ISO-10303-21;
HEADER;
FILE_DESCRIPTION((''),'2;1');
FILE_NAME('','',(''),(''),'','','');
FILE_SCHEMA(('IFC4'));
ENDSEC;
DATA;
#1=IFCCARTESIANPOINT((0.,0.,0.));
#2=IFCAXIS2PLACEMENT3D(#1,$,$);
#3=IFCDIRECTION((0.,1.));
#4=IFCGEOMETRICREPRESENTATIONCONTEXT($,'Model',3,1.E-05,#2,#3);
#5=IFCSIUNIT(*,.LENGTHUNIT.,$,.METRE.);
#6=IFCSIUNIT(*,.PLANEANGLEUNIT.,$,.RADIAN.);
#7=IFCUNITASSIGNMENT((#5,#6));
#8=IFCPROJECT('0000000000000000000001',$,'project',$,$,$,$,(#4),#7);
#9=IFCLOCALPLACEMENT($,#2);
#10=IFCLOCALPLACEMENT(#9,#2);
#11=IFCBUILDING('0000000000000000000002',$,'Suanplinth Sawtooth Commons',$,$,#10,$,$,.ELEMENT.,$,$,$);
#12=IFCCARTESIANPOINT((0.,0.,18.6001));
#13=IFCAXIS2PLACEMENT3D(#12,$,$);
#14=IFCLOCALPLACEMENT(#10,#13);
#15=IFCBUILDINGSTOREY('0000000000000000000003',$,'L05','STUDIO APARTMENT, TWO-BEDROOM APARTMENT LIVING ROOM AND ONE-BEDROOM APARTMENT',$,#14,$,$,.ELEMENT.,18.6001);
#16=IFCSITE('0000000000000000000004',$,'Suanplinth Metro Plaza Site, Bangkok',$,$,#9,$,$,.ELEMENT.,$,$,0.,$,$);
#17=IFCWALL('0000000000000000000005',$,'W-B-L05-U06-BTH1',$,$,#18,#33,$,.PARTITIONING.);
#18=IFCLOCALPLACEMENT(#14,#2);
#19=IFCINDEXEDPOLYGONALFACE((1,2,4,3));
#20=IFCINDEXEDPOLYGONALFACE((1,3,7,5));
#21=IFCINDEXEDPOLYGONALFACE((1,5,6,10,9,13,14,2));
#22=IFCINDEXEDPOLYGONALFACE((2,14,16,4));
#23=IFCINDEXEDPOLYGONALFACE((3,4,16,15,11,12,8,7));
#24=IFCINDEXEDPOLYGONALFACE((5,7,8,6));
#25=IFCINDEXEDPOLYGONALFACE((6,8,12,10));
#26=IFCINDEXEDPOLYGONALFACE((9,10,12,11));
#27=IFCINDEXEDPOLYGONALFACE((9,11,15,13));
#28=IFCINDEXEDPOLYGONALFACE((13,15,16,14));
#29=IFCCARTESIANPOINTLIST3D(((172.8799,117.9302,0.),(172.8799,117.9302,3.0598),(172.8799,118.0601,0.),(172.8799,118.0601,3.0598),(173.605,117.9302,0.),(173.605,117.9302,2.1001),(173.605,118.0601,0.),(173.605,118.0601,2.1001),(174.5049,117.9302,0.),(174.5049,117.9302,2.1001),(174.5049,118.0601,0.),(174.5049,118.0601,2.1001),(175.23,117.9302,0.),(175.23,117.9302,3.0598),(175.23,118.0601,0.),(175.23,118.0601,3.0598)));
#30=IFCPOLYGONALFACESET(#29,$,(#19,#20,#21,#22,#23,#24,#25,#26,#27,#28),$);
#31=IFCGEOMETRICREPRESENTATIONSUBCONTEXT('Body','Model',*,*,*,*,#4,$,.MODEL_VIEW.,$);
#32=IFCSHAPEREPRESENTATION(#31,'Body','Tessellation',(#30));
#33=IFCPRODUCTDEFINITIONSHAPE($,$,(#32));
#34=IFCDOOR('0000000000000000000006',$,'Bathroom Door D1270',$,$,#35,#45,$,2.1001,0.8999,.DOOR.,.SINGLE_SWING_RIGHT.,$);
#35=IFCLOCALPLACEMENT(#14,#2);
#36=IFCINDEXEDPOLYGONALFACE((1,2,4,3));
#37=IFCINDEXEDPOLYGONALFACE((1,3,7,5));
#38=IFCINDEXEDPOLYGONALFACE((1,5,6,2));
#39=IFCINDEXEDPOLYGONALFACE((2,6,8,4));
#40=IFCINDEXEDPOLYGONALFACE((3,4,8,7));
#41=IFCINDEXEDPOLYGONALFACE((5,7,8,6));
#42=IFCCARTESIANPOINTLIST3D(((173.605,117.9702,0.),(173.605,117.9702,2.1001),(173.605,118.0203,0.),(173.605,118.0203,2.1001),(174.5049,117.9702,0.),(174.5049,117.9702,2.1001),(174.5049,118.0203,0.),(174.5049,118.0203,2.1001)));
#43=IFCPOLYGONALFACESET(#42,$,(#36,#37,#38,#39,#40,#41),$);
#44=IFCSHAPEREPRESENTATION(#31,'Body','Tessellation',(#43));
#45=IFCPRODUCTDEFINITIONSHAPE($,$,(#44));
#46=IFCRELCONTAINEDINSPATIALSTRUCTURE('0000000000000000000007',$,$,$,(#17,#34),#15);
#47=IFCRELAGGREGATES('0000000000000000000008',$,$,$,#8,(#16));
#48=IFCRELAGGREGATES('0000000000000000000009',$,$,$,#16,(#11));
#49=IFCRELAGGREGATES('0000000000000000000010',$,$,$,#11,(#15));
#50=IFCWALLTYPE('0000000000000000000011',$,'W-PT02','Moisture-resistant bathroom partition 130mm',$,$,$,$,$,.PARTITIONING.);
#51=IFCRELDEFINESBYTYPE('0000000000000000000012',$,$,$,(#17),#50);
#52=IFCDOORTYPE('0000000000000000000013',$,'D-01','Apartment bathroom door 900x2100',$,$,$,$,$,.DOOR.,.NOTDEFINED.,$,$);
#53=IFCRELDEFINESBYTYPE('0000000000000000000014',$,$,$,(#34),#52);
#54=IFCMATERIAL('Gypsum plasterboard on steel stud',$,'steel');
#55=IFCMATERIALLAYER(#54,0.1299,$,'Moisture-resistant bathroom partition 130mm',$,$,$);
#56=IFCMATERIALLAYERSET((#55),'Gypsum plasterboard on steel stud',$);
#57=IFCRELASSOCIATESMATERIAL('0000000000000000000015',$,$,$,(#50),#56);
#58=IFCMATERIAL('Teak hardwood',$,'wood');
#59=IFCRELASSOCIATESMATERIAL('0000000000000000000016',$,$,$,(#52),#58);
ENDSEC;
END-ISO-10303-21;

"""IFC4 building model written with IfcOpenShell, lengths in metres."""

from ifc_helpers import new_model, si_unit, direction, frame, frame_2d, origin, place, context, subcontext, project, spatial, rectangle, extrude, material, layer, layer_set, type_object, element, fill, save


model = new_model("IFC4")

# Units and contexts
model_context = context("Model", 3, precision=1e-05, world=origin(), true_north=direction((0.0, 1.0)))
body_context = subcontext(model_context, "Body", "Model", "MODEL_VIEW")
ifc_project = project(units=[si_unit("LENGTHUNIT", "METRE"), si_unit("PLANEANGLEUNIT", "RADIAN")], contexts=[model_context])

# Site, building, storey
site_placement = place(None, origin())
site = spatial("IfcSite", under=ifc_project, at=site_placement, Name="Suanplinth Metro Plaza Site, Bangkok", CompositionType="ELEMENT", RefElevation=0.0)
building_placement = place(site_placement, origin())
building = spatial("IfcBuilding", under=site, at=building_placement, Name="Suanplinth Sawtooth Commons", CompositionType="ELEMENT")
storey_placement = place(building_placement, frame((0.0, 0.0, 18.6001)))
storey = spatial("IfcBuildingStorey", under=building, at=storey_placement, Name="L05", Description="STUDIO APARTMENT, TWO-BEDROOM APARTMENT LIVING ROOM AND ONE-BEDROOM APARTMENT", CompositionType="ELEMENT", Elevation=18.6001)

# Wall, opening, door
ifc_material_1 = material(Name="Gypsum plasterboard on steel stud", Category="steel")
ifc_material_2 = material(Name="Teak hardwood", Category="wood")
ifc_layer_1 = layer(ifc_material_1, 0.1299, Name="Moisture-resistant bathroom partition 130mm")
ifc_layer_set_1 = layer_set([ifc_layer_1], Name="Gypsum plasterboard on steel stud")
wall_type_1 = type_object("IfcWallType", Name="W-PT02", Description="Moisture-resistant bathroom partition 130mm", PredefinedType="PARTITIONING", material=ifc_layer_set_1)
wall_1_placement = place(storey_placement, frame((172.8799, 117.9951, 0.0), z_axis=(0.0, 0.0, 1.0), x_axis=(1.0, 0.0, 0.0)))
wall_1 = element("IfcWall", 1, at=wall_1_placement, inside=storey, type_object=wall_type_1, Name="W-B-L05-U06-BTH1", PredefinedType="PARTITIONING", context=body_context, shape_type="SweptSolid", body=[
    extrude(rectangle(XDim=2.3501, YDim=0.1299, at=frame_2d((1.175, 0.0))), origin(), (0.0, 0.0, 1.0), 3.0598),
])
opening_1_placement = place(wall_1_placement, frame((0.7251, 0.0, 0.0)))
opening_1 = element("IfcOpeningElement", 2, at=opening_1_placement, cuts=wall_1, PredefinedType="OPENING", context=body_context, shape_type="SweptSolid", body=[
    extrude(rectangle(XDim=0.8999, YDim=2.1001, at=frame_2d((0.45, 1.05))), frame((0.0, 0.0798, 0.0), z_axis=(0.0, -1.0, 0.0), x_axis=(1.0, 0.0, 0.0)), (0.0, 0.0, 1.0), 0.1597),
])
door_type_1 = type_object("IfcDoorType", Name="D-01", Description="Apartment bathroom door 900x2100", OperationType="NOTDEFINED", PredefinedType="DOOR", material=ifc_material_2)
door_1_placement = place(opening_1_placement, frame((0.8999, 0.0, 0.0), z_axis=(0.0, 0.0, 1.0), x_axis=(-1.0, 0.0, 0.0)))
door_1 = element("IfcDoor", 3, at=door_1_placement, inside=storey, type_object=door_type_1, Name="Bathroom Door D1270", OperationType="SINGLE_SWING_RIGHT", OverallHeight=2.1001, OverallWidth=0.8999, PredefinedType="DOOR", context=body_context, shape_type="SweptSolid", body=[
    extrude(rectangle(XDim=0.8999, YDim=2.1001, at=frame_2d((0.45, 1.05))), frame((0.0, 0.0249, 0.0), z_axis=(0.0, -1.0, 0.0), x_axis=(1.0, 0.0, 0.0)), (0.0, 0.0, 1.0), 0.05),
])
fill(opening_1, door_1)

save(model, "model.ifc")
